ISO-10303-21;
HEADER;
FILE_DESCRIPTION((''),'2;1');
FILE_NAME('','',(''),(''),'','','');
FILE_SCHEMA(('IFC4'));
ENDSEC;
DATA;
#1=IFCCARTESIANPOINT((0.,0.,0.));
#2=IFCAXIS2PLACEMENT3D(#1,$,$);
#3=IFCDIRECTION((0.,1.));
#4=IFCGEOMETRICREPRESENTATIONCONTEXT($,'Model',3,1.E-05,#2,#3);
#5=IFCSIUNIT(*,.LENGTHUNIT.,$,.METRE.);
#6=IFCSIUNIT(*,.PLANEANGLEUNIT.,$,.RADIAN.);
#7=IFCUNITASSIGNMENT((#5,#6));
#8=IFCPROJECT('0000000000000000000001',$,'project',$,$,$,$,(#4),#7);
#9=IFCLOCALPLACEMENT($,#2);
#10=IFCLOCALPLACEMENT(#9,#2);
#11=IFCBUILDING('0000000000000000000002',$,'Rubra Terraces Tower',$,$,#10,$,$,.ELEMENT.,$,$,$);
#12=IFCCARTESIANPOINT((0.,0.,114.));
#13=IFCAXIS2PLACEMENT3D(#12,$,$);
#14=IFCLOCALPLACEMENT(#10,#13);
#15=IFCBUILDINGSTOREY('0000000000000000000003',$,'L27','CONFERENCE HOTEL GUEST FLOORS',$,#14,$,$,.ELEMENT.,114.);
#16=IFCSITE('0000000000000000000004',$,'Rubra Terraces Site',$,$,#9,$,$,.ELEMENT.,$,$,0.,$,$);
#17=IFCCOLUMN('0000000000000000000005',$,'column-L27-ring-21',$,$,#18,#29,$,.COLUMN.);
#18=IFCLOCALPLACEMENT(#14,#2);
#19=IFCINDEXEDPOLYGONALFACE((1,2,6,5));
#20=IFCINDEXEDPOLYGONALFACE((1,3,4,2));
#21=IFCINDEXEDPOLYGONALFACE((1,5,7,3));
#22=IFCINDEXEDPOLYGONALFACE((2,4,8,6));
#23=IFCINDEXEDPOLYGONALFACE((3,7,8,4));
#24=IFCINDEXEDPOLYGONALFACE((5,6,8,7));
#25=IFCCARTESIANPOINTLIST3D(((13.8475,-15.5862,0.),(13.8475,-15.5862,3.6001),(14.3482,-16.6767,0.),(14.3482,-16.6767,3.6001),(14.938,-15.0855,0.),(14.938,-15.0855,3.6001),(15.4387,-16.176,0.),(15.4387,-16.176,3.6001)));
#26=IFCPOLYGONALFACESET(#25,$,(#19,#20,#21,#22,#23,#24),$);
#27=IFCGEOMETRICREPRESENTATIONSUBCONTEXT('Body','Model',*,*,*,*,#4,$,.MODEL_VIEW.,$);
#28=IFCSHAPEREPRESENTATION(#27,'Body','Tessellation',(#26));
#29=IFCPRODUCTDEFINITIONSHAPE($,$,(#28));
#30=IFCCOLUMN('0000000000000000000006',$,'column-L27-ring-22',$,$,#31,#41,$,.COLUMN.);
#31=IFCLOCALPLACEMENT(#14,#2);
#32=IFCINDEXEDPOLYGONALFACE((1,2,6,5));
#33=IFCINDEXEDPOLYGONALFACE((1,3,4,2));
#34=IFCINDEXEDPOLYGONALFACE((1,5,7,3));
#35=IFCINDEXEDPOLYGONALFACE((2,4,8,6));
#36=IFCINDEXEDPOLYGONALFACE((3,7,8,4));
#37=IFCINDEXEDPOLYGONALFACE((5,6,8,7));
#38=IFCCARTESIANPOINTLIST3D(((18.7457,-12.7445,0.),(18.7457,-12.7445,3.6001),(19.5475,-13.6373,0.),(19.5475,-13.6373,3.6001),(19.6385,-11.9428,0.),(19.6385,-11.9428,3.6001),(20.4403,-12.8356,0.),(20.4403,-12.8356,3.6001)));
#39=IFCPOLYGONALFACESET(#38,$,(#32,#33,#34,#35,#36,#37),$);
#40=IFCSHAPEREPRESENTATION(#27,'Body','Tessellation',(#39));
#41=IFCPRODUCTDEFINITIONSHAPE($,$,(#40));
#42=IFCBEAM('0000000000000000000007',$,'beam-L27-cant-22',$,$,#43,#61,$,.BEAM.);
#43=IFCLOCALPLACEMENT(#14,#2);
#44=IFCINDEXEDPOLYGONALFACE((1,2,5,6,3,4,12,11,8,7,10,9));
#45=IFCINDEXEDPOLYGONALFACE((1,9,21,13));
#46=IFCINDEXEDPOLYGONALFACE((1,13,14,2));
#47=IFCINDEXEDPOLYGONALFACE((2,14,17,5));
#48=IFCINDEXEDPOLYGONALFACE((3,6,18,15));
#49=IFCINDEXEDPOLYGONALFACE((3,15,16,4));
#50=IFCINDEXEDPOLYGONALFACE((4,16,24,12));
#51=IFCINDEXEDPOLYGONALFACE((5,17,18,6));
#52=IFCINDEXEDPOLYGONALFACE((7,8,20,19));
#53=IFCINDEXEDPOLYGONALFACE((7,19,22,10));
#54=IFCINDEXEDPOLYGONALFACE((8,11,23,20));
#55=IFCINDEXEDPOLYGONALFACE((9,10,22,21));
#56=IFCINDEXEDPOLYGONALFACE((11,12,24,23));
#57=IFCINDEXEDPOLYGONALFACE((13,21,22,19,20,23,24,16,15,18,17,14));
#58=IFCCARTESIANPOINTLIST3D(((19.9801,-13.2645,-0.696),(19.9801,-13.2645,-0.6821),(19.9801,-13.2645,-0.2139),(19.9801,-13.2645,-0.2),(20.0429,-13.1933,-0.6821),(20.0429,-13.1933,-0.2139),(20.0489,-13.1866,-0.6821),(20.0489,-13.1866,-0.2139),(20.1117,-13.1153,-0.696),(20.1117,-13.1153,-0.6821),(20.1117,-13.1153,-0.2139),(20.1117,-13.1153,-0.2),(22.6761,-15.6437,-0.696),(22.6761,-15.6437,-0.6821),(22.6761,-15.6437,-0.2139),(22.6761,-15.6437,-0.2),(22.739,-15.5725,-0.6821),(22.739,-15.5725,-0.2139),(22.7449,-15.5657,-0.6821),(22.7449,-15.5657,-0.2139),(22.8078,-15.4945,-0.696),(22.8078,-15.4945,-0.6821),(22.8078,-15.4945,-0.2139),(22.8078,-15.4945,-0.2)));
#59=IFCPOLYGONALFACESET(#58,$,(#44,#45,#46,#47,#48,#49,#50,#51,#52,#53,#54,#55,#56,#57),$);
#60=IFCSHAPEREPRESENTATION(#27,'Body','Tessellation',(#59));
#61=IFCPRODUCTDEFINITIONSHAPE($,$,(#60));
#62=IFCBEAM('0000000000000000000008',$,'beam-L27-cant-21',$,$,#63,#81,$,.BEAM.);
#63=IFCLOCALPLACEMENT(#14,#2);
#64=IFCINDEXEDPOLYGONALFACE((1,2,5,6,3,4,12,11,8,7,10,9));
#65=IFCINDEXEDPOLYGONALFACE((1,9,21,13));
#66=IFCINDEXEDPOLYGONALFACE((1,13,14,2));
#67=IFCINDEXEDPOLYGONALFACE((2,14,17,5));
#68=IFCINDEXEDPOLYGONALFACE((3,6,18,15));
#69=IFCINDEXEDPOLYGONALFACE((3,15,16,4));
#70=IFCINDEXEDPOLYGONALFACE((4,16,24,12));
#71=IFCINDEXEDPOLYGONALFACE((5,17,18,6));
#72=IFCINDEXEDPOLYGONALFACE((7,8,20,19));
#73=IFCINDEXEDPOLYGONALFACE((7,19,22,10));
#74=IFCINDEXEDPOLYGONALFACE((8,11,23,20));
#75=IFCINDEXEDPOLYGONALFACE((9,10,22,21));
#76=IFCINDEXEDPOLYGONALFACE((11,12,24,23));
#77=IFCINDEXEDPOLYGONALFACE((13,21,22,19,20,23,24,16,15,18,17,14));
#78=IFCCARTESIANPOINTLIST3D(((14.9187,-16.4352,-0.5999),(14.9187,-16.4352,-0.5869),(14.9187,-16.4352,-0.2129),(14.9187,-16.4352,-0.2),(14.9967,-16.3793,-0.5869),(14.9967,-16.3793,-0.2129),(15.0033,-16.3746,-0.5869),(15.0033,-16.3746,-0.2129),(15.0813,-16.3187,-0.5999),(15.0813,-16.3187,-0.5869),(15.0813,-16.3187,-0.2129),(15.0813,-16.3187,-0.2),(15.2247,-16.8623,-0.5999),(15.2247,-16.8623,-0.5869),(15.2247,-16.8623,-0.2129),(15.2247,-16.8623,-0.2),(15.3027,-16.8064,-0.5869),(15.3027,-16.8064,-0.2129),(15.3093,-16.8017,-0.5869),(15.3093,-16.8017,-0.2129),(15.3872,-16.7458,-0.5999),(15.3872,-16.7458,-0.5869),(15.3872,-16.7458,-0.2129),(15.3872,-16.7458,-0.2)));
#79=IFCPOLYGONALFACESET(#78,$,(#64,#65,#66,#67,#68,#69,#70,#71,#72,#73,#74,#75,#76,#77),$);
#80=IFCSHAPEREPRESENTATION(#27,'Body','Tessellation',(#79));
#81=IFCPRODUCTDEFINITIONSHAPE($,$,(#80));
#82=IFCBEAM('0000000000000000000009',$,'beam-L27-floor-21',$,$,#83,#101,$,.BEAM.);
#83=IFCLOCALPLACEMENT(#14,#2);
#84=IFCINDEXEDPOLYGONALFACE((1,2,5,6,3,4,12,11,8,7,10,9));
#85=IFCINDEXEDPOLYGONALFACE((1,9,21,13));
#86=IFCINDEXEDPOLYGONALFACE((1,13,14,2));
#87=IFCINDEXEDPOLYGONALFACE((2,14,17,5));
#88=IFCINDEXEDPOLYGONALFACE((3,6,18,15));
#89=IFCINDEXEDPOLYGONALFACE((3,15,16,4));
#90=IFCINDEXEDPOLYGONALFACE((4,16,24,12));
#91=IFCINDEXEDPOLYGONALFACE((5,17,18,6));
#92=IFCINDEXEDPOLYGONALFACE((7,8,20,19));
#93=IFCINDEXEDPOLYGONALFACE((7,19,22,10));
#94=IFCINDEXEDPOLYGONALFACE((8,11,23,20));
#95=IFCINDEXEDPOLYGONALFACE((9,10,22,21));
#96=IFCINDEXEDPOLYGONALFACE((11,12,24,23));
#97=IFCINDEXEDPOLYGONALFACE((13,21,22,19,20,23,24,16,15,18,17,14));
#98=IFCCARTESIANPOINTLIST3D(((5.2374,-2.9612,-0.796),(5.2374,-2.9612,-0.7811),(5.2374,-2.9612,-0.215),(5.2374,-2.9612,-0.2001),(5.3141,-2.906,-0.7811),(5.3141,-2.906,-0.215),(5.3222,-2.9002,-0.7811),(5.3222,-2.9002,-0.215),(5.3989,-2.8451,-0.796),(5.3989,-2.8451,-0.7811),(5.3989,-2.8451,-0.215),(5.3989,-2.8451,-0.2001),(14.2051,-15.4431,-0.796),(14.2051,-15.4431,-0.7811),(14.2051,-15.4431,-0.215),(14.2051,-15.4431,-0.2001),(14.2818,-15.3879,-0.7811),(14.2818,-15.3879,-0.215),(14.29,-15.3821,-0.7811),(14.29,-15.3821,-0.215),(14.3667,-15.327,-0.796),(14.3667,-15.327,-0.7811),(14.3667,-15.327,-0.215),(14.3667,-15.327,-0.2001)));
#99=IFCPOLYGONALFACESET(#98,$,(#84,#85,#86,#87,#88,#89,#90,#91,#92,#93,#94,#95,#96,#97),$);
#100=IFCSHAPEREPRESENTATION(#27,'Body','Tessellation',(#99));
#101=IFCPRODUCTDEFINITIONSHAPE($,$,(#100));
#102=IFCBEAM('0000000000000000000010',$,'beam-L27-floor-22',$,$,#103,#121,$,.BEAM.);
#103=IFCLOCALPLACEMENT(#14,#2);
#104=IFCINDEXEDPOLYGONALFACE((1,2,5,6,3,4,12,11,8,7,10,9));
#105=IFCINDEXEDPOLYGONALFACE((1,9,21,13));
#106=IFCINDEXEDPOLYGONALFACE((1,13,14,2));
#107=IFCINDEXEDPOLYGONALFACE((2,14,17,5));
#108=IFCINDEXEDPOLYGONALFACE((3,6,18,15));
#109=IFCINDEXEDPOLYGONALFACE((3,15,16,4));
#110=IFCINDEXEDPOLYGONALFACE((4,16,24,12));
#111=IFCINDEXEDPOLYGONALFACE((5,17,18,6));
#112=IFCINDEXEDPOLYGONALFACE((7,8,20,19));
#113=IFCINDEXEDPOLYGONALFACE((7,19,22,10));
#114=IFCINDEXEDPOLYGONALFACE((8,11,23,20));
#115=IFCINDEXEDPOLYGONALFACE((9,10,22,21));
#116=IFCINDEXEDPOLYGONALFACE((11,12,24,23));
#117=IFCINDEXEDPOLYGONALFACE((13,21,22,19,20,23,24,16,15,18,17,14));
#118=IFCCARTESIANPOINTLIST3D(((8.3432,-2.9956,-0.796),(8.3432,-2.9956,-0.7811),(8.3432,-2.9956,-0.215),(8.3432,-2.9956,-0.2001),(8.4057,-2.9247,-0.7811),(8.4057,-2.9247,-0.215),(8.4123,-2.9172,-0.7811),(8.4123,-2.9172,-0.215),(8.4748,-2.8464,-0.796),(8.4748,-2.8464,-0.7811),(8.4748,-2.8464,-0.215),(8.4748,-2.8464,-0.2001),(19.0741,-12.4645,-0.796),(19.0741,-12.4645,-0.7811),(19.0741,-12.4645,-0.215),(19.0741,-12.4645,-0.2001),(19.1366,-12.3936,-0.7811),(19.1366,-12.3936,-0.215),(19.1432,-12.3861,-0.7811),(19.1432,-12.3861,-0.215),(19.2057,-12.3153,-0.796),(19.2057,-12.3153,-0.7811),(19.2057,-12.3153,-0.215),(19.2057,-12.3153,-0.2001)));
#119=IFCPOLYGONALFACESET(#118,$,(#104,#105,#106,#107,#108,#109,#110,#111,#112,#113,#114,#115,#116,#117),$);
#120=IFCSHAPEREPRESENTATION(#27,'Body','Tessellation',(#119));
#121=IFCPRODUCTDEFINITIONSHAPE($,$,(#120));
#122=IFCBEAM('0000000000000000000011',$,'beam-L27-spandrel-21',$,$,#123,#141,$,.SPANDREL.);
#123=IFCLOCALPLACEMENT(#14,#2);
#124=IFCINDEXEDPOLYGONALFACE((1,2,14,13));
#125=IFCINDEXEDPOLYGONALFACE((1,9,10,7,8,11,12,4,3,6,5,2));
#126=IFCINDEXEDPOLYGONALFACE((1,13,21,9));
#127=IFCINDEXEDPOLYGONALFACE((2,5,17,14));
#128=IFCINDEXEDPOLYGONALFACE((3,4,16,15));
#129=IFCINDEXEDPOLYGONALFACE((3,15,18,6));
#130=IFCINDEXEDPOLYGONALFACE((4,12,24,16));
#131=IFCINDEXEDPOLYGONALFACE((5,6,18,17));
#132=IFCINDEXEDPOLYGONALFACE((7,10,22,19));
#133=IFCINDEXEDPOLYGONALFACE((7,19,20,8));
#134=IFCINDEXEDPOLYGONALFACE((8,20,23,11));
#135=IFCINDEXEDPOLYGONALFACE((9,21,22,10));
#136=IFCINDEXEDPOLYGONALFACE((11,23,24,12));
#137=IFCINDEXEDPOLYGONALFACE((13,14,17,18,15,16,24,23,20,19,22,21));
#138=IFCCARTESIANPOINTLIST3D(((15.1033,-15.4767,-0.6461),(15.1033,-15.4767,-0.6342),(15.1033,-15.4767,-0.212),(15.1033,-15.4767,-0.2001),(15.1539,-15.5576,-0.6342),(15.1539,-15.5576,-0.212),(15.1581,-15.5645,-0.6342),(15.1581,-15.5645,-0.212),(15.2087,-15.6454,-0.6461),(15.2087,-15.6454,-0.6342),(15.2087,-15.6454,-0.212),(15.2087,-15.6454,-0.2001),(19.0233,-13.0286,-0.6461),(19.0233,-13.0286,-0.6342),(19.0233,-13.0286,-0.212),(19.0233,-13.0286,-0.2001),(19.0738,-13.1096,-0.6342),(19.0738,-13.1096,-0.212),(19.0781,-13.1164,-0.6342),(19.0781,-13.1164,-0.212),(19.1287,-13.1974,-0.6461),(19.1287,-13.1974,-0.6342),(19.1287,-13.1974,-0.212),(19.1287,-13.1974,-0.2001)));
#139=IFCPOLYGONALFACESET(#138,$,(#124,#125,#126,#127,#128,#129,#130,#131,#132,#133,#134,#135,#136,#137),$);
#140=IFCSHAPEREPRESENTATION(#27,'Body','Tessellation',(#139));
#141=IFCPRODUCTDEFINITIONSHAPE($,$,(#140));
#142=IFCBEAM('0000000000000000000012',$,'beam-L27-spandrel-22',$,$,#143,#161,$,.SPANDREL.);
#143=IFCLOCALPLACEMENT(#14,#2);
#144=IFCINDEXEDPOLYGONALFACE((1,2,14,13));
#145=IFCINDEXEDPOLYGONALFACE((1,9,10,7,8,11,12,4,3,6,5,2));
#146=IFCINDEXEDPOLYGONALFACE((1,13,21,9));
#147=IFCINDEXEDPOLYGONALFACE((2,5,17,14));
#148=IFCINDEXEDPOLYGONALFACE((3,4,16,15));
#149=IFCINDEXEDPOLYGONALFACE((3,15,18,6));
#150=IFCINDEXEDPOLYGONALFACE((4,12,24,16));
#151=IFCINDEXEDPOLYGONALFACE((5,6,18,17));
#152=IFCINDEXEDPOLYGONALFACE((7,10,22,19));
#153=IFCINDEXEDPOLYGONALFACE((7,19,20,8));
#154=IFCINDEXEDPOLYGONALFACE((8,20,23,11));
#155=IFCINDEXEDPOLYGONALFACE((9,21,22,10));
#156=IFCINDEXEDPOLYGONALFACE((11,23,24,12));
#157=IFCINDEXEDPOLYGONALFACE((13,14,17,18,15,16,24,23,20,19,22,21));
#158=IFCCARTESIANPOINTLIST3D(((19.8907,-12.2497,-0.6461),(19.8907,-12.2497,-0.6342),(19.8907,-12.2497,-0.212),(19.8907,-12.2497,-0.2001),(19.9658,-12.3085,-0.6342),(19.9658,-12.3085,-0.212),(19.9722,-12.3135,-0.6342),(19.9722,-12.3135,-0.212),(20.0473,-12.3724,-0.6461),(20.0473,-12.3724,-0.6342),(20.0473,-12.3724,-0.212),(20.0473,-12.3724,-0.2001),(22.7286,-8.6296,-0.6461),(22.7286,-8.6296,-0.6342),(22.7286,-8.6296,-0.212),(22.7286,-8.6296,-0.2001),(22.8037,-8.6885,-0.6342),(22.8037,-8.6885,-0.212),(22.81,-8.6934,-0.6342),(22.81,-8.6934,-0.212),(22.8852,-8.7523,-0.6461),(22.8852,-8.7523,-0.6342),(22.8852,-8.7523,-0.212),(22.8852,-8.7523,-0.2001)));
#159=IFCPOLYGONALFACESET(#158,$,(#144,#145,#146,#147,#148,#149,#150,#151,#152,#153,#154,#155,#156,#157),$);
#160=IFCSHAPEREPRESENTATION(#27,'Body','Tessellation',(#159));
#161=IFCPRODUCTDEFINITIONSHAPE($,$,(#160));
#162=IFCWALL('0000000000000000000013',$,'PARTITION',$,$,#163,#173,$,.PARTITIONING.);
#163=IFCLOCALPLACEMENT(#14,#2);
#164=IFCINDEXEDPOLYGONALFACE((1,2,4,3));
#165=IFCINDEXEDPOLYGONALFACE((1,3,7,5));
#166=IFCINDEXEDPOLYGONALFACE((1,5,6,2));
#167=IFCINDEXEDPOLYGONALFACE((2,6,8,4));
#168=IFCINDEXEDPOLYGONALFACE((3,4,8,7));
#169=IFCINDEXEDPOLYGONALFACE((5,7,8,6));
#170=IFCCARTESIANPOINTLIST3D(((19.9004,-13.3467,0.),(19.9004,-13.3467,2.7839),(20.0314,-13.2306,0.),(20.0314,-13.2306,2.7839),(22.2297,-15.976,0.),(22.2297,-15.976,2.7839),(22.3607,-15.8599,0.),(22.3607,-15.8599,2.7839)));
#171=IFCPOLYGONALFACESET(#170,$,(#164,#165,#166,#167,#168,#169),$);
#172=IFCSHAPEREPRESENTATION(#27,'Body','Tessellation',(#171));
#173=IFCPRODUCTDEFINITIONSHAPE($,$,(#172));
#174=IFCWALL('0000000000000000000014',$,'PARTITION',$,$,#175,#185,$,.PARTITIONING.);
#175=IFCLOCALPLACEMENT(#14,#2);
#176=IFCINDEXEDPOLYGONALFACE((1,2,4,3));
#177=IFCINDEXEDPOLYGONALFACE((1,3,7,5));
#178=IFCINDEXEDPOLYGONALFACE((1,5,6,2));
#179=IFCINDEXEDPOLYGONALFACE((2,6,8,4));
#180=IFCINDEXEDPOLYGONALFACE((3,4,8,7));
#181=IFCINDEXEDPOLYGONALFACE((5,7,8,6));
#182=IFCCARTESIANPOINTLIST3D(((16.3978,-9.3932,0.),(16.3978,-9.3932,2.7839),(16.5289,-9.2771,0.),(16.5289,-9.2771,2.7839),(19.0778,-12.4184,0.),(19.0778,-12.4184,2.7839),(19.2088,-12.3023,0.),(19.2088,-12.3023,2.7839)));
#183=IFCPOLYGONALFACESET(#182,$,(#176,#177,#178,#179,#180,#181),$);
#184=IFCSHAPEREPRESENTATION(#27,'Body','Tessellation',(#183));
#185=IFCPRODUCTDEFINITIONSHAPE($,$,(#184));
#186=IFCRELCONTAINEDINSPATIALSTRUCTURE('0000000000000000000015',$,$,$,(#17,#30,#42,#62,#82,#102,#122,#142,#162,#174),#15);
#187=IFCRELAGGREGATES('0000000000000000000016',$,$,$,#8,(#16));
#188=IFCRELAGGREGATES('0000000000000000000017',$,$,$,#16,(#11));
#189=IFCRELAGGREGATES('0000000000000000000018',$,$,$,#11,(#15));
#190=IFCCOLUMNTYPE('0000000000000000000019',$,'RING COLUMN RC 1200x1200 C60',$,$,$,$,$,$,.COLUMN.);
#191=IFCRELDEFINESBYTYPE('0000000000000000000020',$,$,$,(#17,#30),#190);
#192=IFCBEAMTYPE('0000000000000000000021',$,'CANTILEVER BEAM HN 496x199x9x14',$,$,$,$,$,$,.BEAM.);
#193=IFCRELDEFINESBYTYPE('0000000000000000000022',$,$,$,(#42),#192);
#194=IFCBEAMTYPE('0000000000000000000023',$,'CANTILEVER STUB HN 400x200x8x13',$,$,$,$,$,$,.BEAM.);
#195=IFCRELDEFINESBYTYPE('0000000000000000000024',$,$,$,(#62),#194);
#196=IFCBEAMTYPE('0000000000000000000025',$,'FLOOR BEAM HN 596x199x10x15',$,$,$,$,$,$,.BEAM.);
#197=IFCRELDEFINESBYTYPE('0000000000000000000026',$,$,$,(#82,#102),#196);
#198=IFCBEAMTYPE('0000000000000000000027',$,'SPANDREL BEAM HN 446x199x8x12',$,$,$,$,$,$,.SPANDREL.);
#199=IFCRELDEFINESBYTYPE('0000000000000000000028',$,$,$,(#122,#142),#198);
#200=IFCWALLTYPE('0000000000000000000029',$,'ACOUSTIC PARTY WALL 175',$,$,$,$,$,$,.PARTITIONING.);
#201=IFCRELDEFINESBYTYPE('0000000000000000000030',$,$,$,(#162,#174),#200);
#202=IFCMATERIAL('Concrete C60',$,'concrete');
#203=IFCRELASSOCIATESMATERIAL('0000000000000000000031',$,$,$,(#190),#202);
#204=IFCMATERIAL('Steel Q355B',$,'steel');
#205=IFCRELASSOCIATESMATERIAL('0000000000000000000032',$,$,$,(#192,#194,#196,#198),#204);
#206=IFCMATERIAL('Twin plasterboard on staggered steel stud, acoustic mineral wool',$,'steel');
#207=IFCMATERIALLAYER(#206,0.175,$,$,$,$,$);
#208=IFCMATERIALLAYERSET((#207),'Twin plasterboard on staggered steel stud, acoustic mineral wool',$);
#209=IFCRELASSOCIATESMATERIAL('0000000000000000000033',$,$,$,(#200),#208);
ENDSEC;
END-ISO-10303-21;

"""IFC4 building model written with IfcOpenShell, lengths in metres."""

from ifc_helpers import new_model, si_unit, direction, frame, frame_2d, origin, origin_2d, place, context, subcontext, project, spatial, rectangle, i_section, extrude, material, layer, layer_set, material_profile, profile_set, type_object, element, save


model = new_model("IFC4")

# Units and contexts
model_context = context("Model", 3, precision=1e-05, world=origin(), true_north=direction((0.0, 1.0)))
body_context = subcontext(model_context, "Body", "Model", "MODEL_VIEW")
ifc_project = project(units=[si_unit("LENGTHUNIT", "METRE"), si_unit("PLANEANGLEUNIT", "RADIAN")], contexts=[model_context])

# Site, building, storey
site_placement = place(None, origin())
site = spatial("IfcSite", under=ifc_project, at=site_placement, Name="Rubra Terraces Site", CompositionType="ELEMENT", RefElevation=0.0)
building_placement = place(site_placement, origin())
building = spatial("IfcBuilding", under=site, at=building_placement, Name="Rubra Terraces Tower", CompositionType="ELEMENT")
storey_placement = place(building_placement, frame((0.0, 0.0, 114.0)))
storey = spatial("IfcBuildingStorey", under=building, at=storey_placement, Name="L27", Description="CONFERENCE HOTEL GUEST FLOORS", CompositionType="ELEMENT", Elevation=114.0)

# Columns
ifc_material_1 = material(Name="Concrete C60", Category="concrete")
ifc_material_profile_1 = material_profile(ifc_material_1, rectangle(XDim=1.2, YDim=1.2, at=origin_2d()), Name="RC 1200x1200")
ifc_profile_set_1 = profile_set([ifc_material_profile_1], Name="Concrete C60")
column_type = type_object("IfcColumnType", Name="RING COLUMN RC 1200x1200 C60", PredefinedType="COLUMN", material=ifc_profile_set_1)
for number, where, z_axis, x_axis, name in (
    (1, (14.6431, -15.8811, 0.0), (0.0, 0.0, 1.0), (0.908779, 0.417279, 0.0), "column-L27-ring-21"),
    (2, (19.593, -12.79, 0.0), (0.0, 0.0, 1.0), (0.744021, 0.668156, 0.0), "column-L27-ring-22"),
):
    element("IfcColumn", number, at=place(storey_placement, frame(where, z_axis=z_axis, x_axis=x_axis)), inside=storey, type_object=column_type, Name=name, PredefinedType="COLUMN", context=body_context, shape_type="SweptSolid", body=[
        extrude(rectangle(XDim=1.2, YDim=1.2, at=origin_2d()), origin(), (0.0, 0.0, 1.0), 3.6001),
    ])

# Beams
ifc_material_2 = material(Name="Steel Q355B", Category="steel")
ifc_material_profile_2 = material_profile(ifc_material_2, i_section(OverallWidth=0.199, OverallDepth=0.4961, WebThickness=0.009, FlangeThickness=0.0139, at=origin_2d()), Name="HN 496x199x9x14")
ifc_profile_set_2 = profile_set([ifc_material_profile_2], Name="Steel Q355B")
beam_type_1 = type_object("IfcBeamType", Name="CANTILEVER BEAM HN 496x199x9x14", PredefinedType="BEAM", material=ifc_profile_set_2)
beam_1_placement = place(storey_placement, frame((20.0459, -13.1899, -0.448), z_axis=(0.749798, -0.661667, 0.0), x_axis=(0.661667, 0.749798, 0.0)))
element("IfcBeam", 3, at=beam_1_placement, inside=storey, type_object=beam_type_1, Name="beam-L27-cant-22", PredefinedType="BEAM", context=body_context, shape_type="SweptSolid", body=[
    extrude(i_section(OverallWidth=0.199, OverallDepth=0.4961, WebThickness=0.009, FlangeThickness=0.0139, at=origin_2d()), origin(), (0.0, 0.0, 1.0), 3.5957),
])
ifc_material_profile_3 = material_profile(ifc_material_2, i_section(OverallWidth=0.2, OverallDepth=0.3999, WebThickness=0.0081, FlangeThickness=0.0129, at=origin_2d()), Name="HN 400x200x8x13")
ifc_profile_set_3 = profile_set([ifc_material_profile_3], Name="Steel Q355B")
beam_type_2 = type_object("IfcBeamType", Name="CANTILEVER STUB HN 400x200x8x13", PredefinedType="BEAM", material=ifc_profile_set_3)
beam_2_placement = place(storey_placement, frame((15.0, -16.377, -0.3999), z_axis=(0.582381, -0.812916, 0.0), x_axis=(0.812916, 0.582381, 0.0)))
element("IfcBeam", 4, at=beam_2_placement, inside=storey, type_object=beam_type_2, Name="beam-L27-cant-21", PredefinedType="BEAM", context=body_context, shape_type="SweptSolid", body=[
    extrude(i_section(OverallWidth=0.2, OverallDepth=0.3999, WebThickness=0.0081, FlangeThickness=0.0129, at=origin_2d()), origin(), (0.0, 0.0, 1.0), 0.5254),
])
ifc_material_profile_4 = material_profile(ifc_material_2, i_section(OverallWidth=0.199, OverallDepth=0.5959, WebThickness=0.01, FlangeThickness=0.0149, at=origin_2d()), Name="HN 596x199x10x15")
ifc_profile_set_4 = profile_set([ifc_material_profile_4], Name="Steel Q355B")
beam_type_3 = type_object("IfcBeamType", Name="FLOOR BEAM HN 596x199x10x15", PredefinedType="BEAM", material=ifc_profile_set_4)
beam_3_placement = place(storey_placement, frame((14.2859, -15.385, -0.498), z_axis=(-0.583481, 0.812127, 0.0), x_axis=(-0.812127, -0.583481, 0.0)))
element("IfcBeam", 5, at=beam_3_placement, inside=storey, type_object=beam_type_3, Name="beam-L27-floor-21", PredefinedType="BEAM", context=body_context, shape_type="SweptSolid", body=[
    extrude(i_section(OverallWidth=0.199, OverallDepth=0.5959, WebThickness=0.01, FlangeThickness=0.0149, at=origin_2d()), origin(), (0.0, 0.0, 1.0), 15.3694),
])
beam_4_placement = place(storey_placement, frame((19.1399, -12.3899, -0.498), z_axis=(-0.74982, 0.661641, 0.0), x_axis=(-0.661641, -0.74982, 0.0)))
element("IfcBeam", 6, at=beam_4_placement, inside=storey, type_object=beam_type_3, Name="beam-L27-floor-22", PredefinedType="BEAM", context=body_context, shape_type="SweptSolid", body=[
    extrude(i_section(OverallWidth=0.199, OverallDepth=0.5959, WebThickness=0.01, FlangeThickness=0.0149, at=origin_2d()), origin(), (0.0, 0.0, 1.0), 14.3113),
])
ifc_material_profile_5 = material_profile(ifc_material_2, i_section(OverallWidth=0.199, OverallDepth=0.446, WebThickness=0.0081, FlangeThickness=0.012, at=origin_2d()), Name="HN 446x199x8x12")
ifc_profile_set_5 = profile_set([ifc_material_profile_5], Name="Steel Q355B")
beam_type_4 = type_object("IfcBeamType", Name="SPANDREL BEAM HN 446x199x8x12", PredefinedType="SPANDREL", material=ifc_profile_set_5)
beam_5_placement = place(storey_placement, frame((15.156, -15.561, -0.4231), z_axis=(0.848188, 0.529695, 0.0), x_axis=(-0.529695, 0.848188, 0.0)))
element("IfcBeam", 7, at=beam_5_placement, inside=storey, type_object=beam_type_4, Name="beam-L27-spandrel-21", PredefinedType="SPANDREL", context=body_context, shape_type="SweptSolid", body=[
    extrude(i_section(OverallWidth=0.199, OverallDepth=0.446, WebThickness=0.0081, FlangeThickness=0.012, at=origin_2d()), origin(), (0.0, 0.0, 1.0), 4.6216),
])
beam_6_placement = place(storey_placement, frame((19.969, -12.311, -0.4231), z_axis=(0.616949, 0.787003, 0.0), x_axis=(-0.787003, 0.616949, 0.0)))
element("IfcBeam", 8, at=beam_6_placement, inside=storey, type_object=beam_type_4, Name="beam-L27-spandrel-22", PredefinedType="SPANDREL", context=body_context, shape_type="SweptSolid", body=[
    extrude(i_section(OverallWidth=0.199, OverallDepth=0.446, WebThickness=0.0081, FlangeThickness=0.012, at=origin_2d()), origin(), (0.0, 0.0, 1.0), 4.5999),
])

# Walls
ifc_material_3 = material(Name="Twin plasterboard on staggered steel stud, acoustic mineral wool", Category="steel")
ifc_layer_1 = layer(ifc_material_3, 0.175)
ifc_layer_set_1 = layer_set([ifc_layer_1], Name="Twin plasterboard on staggered steel stud, acoustic mineral wool")
wall_type_1 = type_object("IfcWallType", Name="ACOUSTIC PARTY WALL 175", PredefinedType="PARTITIONING", material=ifc_layer_set_1)
wall_1_placement = place(storey_placement, frame((22.2952, -15.918, 0.0), z_axis=(0.0, 0.0, 1.0), x_axis=(-0.663108, 0.748524, 0.0)))
element("IfcWall", 9, at=wall_1_placement, inside=storey, type_object=wall_type_1, Name="PARTITION", PredefinedType="PARTITIONING", context=body_context, shape_type="SweptSolid", body=[
    extrude(rectangle(XDim=3.5127, YDim=0.175, at=frame_2d((1.7563, 0.0))), origin(), (0.0, 0.0, 1.0), 2.7839),
])
wall_2_placement = place(storey_placement, frame((19.1433, -12.3604, 0.0), z_axis=(0.0, 0.0, 1.0), x_axis=(-0.663107, 0.748525, 0.0)))
element("IfcWall", 10, at=wall_2_placement, inside=storey, type_object=wall_type_1, Name="PARTITION", PredefinedType="PARTITIONING", context=body_context, shape_type="SweptSolid", body=[
    extrude(rectangle(XDim=4.0415, YDim=0.175, at=frame_2d((2.0208, 0.0))), origin(), (0.0, 0.0, 1.0), 2.7839),
])

save(model, "model.ifc")
